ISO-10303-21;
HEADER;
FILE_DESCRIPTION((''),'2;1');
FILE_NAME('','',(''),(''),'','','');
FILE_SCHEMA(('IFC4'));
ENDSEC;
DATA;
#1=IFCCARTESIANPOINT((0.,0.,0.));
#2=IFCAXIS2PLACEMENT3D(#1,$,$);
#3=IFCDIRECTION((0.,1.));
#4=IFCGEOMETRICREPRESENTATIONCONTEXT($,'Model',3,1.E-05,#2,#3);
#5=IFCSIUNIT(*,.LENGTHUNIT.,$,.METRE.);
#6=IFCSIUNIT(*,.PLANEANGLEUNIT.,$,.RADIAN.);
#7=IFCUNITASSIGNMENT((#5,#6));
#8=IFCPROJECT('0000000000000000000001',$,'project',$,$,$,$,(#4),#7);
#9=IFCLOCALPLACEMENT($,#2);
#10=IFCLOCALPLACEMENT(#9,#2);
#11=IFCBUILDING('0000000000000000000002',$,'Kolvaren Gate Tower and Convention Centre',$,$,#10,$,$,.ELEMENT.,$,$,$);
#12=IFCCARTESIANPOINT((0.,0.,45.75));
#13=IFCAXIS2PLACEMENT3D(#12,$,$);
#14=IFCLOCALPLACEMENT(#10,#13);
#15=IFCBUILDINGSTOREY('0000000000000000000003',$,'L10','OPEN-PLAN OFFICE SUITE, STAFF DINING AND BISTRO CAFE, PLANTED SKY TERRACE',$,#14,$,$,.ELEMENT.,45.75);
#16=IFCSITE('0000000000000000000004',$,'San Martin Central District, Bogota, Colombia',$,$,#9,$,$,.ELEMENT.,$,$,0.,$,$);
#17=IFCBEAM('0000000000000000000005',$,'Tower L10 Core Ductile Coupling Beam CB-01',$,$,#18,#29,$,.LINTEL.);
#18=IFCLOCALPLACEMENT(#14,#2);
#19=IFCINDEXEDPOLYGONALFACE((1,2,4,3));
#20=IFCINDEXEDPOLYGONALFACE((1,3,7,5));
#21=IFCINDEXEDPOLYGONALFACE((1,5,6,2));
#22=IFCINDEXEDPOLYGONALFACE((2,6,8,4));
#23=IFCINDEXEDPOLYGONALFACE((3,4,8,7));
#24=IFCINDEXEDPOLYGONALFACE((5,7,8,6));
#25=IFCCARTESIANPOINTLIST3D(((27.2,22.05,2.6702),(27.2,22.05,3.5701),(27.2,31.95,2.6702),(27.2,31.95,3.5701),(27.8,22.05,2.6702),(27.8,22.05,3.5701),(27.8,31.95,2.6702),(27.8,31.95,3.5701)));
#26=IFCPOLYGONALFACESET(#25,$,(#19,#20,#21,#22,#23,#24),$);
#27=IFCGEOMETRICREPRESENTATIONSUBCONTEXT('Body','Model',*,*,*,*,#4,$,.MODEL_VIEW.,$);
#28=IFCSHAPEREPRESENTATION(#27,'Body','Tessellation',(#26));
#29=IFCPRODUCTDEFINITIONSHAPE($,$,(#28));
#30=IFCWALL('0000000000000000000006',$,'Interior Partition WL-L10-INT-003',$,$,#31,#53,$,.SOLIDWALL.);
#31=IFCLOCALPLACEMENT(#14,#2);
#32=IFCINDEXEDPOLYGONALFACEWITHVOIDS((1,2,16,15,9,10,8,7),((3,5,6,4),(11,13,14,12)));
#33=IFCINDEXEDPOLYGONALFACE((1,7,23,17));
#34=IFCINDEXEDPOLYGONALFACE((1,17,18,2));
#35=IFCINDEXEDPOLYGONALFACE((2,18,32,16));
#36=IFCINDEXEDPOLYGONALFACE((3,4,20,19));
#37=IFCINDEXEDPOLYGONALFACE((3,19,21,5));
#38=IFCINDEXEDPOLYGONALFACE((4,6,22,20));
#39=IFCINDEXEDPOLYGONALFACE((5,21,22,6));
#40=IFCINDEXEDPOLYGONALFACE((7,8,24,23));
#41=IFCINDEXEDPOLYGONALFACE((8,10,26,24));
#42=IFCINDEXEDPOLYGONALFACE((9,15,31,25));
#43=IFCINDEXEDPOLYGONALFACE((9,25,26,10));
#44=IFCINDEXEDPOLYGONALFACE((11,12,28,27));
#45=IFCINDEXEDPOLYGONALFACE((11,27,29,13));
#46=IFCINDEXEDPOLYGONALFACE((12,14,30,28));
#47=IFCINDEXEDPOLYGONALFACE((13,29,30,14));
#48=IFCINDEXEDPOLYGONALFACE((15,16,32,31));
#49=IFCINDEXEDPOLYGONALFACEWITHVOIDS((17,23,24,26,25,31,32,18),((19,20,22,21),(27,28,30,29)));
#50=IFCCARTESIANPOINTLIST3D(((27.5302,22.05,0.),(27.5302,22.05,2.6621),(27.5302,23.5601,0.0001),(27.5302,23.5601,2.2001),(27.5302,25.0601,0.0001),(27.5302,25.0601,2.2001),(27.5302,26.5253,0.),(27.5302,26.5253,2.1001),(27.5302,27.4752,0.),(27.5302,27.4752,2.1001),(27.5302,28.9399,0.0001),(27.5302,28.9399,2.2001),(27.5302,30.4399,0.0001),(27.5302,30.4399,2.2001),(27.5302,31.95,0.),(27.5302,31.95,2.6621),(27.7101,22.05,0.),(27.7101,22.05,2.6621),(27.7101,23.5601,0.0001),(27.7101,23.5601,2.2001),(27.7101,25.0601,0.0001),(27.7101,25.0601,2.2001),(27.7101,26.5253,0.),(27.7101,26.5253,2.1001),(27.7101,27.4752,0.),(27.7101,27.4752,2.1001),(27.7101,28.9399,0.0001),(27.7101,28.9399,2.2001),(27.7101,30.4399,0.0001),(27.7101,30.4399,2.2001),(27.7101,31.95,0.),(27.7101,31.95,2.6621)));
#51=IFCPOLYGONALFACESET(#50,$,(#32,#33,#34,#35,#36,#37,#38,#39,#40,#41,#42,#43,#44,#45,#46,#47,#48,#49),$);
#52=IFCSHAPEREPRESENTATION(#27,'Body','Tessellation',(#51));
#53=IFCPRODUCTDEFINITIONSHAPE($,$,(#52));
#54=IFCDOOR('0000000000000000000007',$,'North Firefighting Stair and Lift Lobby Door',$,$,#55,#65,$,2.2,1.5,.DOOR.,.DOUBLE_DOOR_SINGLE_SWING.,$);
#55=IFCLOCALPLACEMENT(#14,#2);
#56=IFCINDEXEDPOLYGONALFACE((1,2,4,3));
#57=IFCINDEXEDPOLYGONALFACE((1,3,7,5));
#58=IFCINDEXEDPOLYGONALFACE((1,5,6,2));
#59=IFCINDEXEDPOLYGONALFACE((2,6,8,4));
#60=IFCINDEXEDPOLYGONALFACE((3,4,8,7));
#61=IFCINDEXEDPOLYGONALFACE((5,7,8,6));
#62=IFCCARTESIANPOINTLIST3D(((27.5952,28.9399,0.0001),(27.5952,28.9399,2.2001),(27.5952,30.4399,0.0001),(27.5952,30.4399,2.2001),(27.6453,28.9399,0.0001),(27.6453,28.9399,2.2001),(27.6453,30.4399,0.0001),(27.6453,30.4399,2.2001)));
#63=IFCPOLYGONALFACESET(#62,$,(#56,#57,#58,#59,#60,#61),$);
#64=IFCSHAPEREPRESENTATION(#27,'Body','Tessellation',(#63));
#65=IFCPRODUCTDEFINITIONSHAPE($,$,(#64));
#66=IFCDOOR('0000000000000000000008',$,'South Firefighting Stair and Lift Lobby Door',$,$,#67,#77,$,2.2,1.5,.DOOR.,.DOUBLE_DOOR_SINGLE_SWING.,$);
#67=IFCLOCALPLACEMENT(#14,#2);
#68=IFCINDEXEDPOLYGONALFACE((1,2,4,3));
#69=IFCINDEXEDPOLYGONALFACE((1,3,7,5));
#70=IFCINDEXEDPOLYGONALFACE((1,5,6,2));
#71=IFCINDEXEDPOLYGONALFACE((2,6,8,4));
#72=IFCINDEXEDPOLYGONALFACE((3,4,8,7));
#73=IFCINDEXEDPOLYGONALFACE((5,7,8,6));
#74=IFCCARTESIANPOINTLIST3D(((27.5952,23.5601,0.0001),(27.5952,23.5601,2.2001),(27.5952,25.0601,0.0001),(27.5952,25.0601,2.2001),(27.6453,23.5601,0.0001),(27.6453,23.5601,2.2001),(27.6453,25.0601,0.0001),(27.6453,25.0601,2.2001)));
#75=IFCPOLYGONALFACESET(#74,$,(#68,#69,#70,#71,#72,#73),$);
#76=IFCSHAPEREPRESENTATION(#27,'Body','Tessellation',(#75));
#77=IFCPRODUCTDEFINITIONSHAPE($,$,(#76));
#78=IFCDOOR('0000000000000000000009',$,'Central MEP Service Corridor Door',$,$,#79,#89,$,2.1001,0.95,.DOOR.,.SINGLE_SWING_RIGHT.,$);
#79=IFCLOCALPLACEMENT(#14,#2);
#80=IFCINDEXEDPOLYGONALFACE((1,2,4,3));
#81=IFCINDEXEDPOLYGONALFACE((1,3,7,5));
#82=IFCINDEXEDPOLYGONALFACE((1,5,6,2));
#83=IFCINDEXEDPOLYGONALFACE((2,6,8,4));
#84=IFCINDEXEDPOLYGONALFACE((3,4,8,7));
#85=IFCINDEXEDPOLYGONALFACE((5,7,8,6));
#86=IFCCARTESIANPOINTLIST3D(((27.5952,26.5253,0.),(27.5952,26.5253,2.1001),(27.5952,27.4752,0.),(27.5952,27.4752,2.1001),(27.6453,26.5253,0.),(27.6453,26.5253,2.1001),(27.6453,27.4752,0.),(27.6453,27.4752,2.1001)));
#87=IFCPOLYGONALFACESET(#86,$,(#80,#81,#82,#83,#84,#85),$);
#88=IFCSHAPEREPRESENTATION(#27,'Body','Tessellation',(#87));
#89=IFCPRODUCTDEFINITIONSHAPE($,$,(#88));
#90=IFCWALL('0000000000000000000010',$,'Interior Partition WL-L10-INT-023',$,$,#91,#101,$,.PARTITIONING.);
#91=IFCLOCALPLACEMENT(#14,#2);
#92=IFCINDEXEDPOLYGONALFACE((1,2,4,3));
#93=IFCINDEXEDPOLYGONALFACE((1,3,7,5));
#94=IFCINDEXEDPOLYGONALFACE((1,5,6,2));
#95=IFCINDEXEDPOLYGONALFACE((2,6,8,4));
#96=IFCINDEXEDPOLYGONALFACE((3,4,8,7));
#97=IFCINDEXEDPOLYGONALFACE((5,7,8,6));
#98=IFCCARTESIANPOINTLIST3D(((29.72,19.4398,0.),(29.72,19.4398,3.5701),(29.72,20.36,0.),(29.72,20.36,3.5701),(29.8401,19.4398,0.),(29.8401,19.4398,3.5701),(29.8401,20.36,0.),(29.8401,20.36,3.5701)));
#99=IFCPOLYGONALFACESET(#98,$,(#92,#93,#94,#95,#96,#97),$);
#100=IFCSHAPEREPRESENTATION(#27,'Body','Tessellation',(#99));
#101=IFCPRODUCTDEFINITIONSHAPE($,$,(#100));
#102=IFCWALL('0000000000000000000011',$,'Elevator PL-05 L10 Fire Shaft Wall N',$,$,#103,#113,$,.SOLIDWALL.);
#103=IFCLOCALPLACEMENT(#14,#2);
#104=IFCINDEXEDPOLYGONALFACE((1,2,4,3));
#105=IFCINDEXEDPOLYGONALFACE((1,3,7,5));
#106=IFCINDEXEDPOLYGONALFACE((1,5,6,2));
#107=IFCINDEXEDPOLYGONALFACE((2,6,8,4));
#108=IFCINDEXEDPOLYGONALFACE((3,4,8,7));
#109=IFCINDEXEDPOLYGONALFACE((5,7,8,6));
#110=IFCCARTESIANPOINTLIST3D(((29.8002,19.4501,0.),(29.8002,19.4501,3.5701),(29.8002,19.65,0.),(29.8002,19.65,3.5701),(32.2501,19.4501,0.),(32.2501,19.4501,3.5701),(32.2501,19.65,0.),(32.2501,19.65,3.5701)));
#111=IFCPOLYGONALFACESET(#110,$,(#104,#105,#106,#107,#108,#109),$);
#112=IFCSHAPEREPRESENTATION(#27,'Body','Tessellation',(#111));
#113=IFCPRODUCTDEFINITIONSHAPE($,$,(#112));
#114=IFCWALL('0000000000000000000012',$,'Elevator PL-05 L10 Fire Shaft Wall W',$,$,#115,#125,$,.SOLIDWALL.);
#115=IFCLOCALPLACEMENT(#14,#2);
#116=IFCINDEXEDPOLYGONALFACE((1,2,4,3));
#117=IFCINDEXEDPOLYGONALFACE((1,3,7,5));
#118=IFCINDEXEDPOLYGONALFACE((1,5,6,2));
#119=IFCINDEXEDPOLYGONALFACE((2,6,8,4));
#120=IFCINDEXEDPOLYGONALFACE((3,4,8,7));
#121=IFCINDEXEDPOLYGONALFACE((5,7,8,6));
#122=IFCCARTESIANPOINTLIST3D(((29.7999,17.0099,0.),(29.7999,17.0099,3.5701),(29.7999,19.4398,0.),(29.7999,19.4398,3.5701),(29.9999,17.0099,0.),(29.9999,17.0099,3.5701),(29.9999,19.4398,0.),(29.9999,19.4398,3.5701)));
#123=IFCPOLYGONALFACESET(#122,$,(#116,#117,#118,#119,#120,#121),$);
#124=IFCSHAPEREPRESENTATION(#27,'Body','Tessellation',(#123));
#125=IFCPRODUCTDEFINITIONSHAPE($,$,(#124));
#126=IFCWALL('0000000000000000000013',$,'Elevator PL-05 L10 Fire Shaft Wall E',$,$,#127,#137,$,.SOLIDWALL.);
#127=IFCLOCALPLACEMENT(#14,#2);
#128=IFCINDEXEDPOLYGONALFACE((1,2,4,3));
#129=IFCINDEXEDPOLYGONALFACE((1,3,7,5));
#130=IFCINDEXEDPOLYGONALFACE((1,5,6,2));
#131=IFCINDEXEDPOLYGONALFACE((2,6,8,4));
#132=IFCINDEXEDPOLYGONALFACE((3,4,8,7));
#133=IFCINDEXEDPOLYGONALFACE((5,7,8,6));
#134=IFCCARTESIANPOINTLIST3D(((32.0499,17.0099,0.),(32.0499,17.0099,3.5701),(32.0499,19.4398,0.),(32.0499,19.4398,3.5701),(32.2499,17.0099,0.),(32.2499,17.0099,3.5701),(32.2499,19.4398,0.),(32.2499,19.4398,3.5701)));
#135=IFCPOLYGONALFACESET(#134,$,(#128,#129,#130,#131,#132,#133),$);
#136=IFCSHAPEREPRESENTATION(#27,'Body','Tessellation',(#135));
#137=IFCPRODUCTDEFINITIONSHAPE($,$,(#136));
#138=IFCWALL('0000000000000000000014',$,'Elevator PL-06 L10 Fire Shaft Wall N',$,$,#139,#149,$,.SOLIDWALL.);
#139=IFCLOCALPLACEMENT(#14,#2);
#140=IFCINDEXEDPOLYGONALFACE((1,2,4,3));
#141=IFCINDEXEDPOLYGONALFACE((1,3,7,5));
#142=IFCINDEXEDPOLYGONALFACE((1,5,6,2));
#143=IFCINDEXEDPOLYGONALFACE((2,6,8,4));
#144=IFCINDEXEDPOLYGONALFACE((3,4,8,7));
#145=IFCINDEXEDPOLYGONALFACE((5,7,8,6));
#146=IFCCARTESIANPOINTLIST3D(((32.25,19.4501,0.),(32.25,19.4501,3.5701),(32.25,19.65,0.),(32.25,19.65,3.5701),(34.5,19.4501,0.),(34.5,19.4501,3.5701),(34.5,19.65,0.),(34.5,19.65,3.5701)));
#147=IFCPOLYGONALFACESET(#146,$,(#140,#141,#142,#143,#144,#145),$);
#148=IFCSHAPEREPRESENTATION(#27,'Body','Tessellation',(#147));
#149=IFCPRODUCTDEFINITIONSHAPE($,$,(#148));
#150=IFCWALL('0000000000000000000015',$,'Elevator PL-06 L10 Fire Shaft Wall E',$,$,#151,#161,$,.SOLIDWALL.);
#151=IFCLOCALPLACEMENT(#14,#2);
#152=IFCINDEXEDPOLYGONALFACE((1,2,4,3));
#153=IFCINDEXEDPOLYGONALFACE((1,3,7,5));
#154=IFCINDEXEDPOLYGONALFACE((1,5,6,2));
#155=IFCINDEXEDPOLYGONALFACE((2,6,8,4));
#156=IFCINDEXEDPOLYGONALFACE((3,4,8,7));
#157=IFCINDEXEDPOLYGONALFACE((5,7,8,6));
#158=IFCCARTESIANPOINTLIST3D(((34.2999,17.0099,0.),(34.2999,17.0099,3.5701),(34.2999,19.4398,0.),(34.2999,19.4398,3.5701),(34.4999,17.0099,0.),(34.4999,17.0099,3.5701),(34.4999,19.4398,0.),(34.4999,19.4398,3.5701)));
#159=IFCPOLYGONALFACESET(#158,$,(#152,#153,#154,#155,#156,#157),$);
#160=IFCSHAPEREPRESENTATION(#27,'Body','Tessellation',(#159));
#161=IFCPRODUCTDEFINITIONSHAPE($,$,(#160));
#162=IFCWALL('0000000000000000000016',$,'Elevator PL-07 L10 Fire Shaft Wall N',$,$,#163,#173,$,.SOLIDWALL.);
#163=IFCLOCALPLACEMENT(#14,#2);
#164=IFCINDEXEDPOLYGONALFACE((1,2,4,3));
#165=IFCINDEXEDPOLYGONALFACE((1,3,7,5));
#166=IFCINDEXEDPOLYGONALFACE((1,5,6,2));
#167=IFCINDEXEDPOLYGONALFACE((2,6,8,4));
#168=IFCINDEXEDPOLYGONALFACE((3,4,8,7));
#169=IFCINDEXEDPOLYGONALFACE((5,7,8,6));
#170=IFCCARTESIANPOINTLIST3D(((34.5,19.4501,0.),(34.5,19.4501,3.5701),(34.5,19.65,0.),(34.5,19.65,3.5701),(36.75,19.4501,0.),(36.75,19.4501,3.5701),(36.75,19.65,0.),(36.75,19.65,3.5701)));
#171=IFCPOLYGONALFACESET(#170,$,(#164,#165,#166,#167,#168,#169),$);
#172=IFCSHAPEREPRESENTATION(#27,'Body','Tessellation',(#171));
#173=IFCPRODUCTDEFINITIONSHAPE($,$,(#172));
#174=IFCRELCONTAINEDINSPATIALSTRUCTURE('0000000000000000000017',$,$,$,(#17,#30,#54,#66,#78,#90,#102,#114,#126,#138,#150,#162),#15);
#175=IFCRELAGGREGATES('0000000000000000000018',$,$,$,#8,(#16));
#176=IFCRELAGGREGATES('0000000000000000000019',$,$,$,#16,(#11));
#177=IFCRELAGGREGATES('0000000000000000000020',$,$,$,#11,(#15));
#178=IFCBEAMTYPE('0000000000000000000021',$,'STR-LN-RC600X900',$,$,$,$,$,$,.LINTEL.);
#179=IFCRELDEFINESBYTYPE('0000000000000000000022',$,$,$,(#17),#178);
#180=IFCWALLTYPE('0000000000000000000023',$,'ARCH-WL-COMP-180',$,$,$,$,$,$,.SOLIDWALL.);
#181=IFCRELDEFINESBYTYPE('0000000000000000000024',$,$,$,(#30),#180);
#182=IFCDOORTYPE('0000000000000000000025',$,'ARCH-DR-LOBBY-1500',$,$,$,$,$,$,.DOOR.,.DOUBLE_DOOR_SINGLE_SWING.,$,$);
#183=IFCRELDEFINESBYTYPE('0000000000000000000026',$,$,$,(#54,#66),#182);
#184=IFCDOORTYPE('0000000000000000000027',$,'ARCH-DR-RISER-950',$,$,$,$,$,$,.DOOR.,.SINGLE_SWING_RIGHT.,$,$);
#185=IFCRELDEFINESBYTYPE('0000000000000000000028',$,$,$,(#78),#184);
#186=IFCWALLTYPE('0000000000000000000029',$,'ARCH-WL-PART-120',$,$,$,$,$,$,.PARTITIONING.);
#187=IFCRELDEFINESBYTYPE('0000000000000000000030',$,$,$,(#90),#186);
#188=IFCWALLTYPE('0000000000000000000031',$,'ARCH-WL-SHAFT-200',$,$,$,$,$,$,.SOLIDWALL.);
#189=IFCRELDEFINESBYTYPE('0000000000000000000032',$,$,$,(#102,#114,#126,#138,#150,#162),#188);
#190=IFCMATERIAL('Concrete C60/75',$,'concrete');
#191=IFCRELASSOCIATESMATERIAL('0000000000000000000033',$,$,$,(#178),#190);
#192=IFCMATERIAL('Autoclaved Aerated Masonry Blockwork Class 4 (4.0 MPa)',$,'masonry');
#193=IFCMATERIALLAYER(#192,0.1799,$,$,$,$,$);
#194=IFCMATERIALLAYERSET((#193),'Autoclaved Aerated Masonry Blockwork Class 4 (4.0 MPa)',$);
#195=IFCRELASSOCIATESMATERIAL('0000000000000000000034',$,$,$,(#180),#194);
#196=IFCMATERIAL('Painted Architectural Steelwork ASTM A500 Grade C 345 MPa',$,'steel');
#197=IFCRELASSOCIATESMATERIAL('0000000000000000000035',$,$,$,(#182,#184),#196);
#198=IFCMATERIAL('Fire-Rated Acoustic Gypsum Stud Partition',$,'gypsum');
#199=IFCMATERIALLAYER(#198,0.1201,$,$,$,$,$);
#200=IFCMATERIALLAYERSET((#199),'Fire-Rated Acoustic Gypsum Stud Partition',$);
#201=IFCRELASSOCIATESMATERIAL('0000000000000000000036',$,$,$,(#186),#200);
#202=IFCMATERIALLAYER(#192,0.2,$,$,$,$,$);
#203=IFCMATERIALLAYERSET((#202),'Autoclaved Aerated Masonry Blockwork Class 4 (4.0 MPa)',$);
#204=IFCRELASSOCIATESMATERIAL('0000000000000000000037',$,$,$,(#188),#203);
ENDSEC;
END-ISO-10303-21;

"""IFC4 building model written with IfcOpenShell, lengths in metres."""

from ifc_helpers import new_model, si_unit, direction, frame, frame_2d, origin, origin_2d, place, context, subcontext, project, spatial, rectangle, extrude, material, layer, layer_set, material_profile, profile_set, type_object, element, fill, save


model = new_model("IFC4")

# Units and contexts
model_context = context("Model", 3, precision=1e-05, world=origin(), true_north=direction((0.0, 1.0)))
body_context = subcontext(model_context, "Body", "Model", "MODEL_VIEW")
ifc_project = project(units=[si_unit("LENGTHUNIT", "METRE"), si_unit("PLANEANGLEUNIT", "RADIAN")], contexts=[model_context])

# Site, building, storey
site_placement = place(None, origin())
site = spatial("IfcSite", under=ifc_project, at=site_placement, Name="San Martin Central District, Bogota, Colombia", CompositionType="ELEMENT", RefElevation=0.0)
building_placement = place(site_placement, origin())
building = spatial("IfcBuilding", under=site, at=building_placement, Name="Kolvaren Gate Tower and Convention Centre", CompositionType="ELEMENT")
storey_placement = place(building_placement, frame((0.0, 0.0, 45.75)))
storey = spatial("IfcBuildingStorey", under=building, at=storey_placement, Name="L10", Description="OPEN-PLAN OFFICE SUITE, STAFF DINING AND BISTRO CAFE, PLANTED SKY TERRACE", CompositionType="ELEMENT", Elevation=45.75)

# Beam
ifc_material_1 = material(Name="Concrete C60/75", Category="concrete")
ifc_material_profile = material_profile(ifc_material_1, rectangle(XDim=0.6001, YDim=0.8999, at=origin_2d()), Name="RC-BM-600X900")
ifc_profile_set = profile_set([ifc_material_profile], Name="Concrete C60/75")
beam_type = type_object("IfcBeamType", Name="STR-LN-RC600X900", PredefinedType="LINTEL", material=ifc_profile_set)
beam_placement = place(storey_placement, frame((27.5, 22.05, 3.1201), z_axis=(0.0, 1.0, 0.0), x_axis=(-1.0, 0.0, 0.0)))
element("IfcBeam", 1, at=beam_placement, inside=storey, type_object=beam_type, Name="Tower L10 Core Ductile Coupling Beam CB-01", PredefinedType="LINTEL", context=body_context, shape_type="SweptSolid", body=[
    extrude(rectangle(XDim=0.6001, YDim=0.8999, at=origin_2d()), origin(), (0.0, 0.0, 1.0), 9.8999),
])

# Wall, openings, doors
ifc_material_2 = material(Name="Autoclaved Aerated Masonry Blockwork Class 4 (4.0 MPa)", Category="masonry")
ifc_layer_1 = layer(ifc_material_2, 0.1799)
ifc_layer_set_1 = layer_set([ifc_layer_1], Name="Autoclaved Aerated Masonry Blockwork Class 4 (4.0 MPa)")
wall_type_1 = type_object("IfcWallType", Name="ARCH-WL-COMP-180", PredefinedType="SOLIDWALL", material=ifc_layer_set_1)
wall_1_placement = place(storey_placement, frame((27.6201, 22.05, 0.0), z_axis=(0.0, 0.0, 1.0), x_axis=(0.0, 1.0, 0.0)))
wall_1 = element("IfcWall", 2, at=wall_1_placement, inside=storey, type_object=wall_type_1, Name="Interior Partition WL-L10-INT-003", PredefinedType="SOLIDWALL", context=body_context, shape_type="SweptSolid", body=[
    extrude(rectangle(XDim=9.8999, YDim=0.1799, at=frame_2d((4.95, 0.0))), origin(), (0.0, 0.0, 1.0), 2.6621),
])
opening_1_placement = place(wall_1_placement, frame((4.4751, 0.0, 0.0)))
opening_1 = element("IfcOpeningElement", 3, at=opening_1_placement, cuts=wall_1, PredefinedType="OPENING", context=body_context, shape_type="SweptSolid", body=[
    extrude(rectangle(XDim=0.95, YDim=2.1001, at=frame_2d((0.4751, 1.05))), frame((0.0, 0.0999, 0.0), z_axis=(0.0, -1.0, 0.0), x_axis=(1.0, 0.0, 0.0)), (0.0, 0.0, 1.0), 0.2),
])
opening_2_placement = place(wall_1_placement, frame((6.8899, 0.0, 0.0)))
opening_2 = element("IfcOpeningElement", 4, at=opening_2_placement, cuts=wall_1, PredefinedType="OPENING", context=body_context, shape_type="SweptSolid", body=[
    extrude(rectangle(XDim=1.5, YDim=2.2, at=frame_2d((0.75, 1.1001))), frame((0.0, 0.0999, 0.0), z_axis=(0.0, -1.0, 0.0), x_axis=(1.0, 0.0, 0.0)), (0.0, 0.0, 1.0), 0.2),
])
opening_3_placement = place(wall_1_placement, frame((1.51, 0.0, 0.0)))
opening_3 = element("IfcOpeningElement", 5, at=opening_3_placement, cuts=wall_1, PredefinedType="OPENING", context=body_context, shape_type="SweptSolid", body=[
    extrude(rectangle(XDim=1.5, YDim=2.2, at=frame_2d((0.75, 1.1001))), frame((0.0, 0.0999, 0.0), z_axis=(0.0, -1.0, 0.0), x_axis=(1.0, 0.0, 0.0)), (0.0, 0.0, 1.0), 0.2),
])
ifc_material_3 = material(Name="Painted Architectural Steelwork ASTM A500 Grade C 345 MPa", Category="steel")
door_type_1 = type_object("IfcDoorType", Name="ARCH-DR-LOBBY-1500", OperationType="DOUBLE_DOOR_SINGLE_SWING", PredefinedType="DOOR", material=ifc_material_3)
door_1_placement = place(opening_2_placement, origin())
door_1 = element("IfcDoor", 6, at=door_1_placement, inside=storey, type_object=door_type_1, Name="North Firefighting Stair and Lift Lobby Door", OperationType="DOUBLE_DOOR_SINGLE_SWING", OverallHeight=2.2, OverallWidth=1.5, PredefinedType="DOOR", context=body_context, shape_type="SweptSolid", body=[
    extrude(rectangle(XDim=1.5, YDim=2.2, at=frame_2d((0.75, 1.1001))), frame((0.0, 0.0249, 0.0), z_axis=(0.0, -1.0, 0.0), x_axis=(1.0, 0.0, 0.0)), (0.0, 0.0, 1.0), 0.05),
])
fill(opening_2, door_1)
door_2_placement = place(opening_3_placement, origin())
door_2 = element("IfcDoor", 7, at=door_2_placement, inside=storey, type_object=door_type_1, Name="South Firefighting Stair and Lift Lobby Door", OperationType="DOUBLE_DOOR_SINGLE_SWING", OverallHeight=2.2, OverallWidth=1.5, PredefinedType="DOOR", context=body_context, shape_type="SweptSolid", body=[
    extrude(rectangle(XDim=1.5, YDim=2.2, at=frame_2d((0.75, 1.1001))), frame((0.0, 0.0249, 0.0), z_axis=(0.0, -1.0, 0.0), x_axis=(1.0, 0.0, 0.0)), (0.0, 0.0, 1.0), 0.05),
])
fill(opening_3, door_2)
door_type_2 = type_object("IfcDoorType", Name="ARCH-DR-RISER-950", OperationType="SINGLE_SWING_RIGHT", PredefinedType="DOOR", material=ifc_material_3)
door_3_placement = place(opening_1_placement, origin())
door_3 = element("IfcDoor", 8, at=door_3_placement, inside=storey, type_object=door_type_2, Name="Central MEP Service Corridor Door", OperationType="SINGLE_SWING_RIGHT", OverallHeight=2.1001, OverallWidth=0.95, PredefinedType="DOOR", context=body_context, shape_type="SweptSolid", body=[
    extrude(rectangle(XDim=0.95, YDim=2.1001, at=frame_2d((0.4751, 1.05))), frame((0.0, 0.0249, 0.0), z_axis=(0.0, -1.0, 0.0), x_axis=(1.0, 0.0, 0.0)), (0.0, 0.0, 1.0), 0.05),
])
fill(opening_1, door_3)

# Walls
ifc_material_4 = material(Name="Fire-Rated Acoustic Gypsum Stud Partition", Category="gypsum")
ifc_layer_2 = layer(ifc_material_4, 0.1201)
ifc_layer_set_2 = layer_set([ifc_layer_2], Name="Fire-Rated Acoustic Gypsum Stud Partition")
wall_type_2 = type_object("IfcWallType", Name="ARCH-WL-PART-120", PredefinedType="PARTITIONING", material=ifc_layer_set_2)
wall_2_placement = place(storey_placement, frame((29.78, 19.4399, 0.0), z_axis=(0.0, 0.0, 1.0), x_axis=(0.0, 1.0, 0.0)))
element("IfcWall", 9, at=wall_2_placement, inside=storey, type_object=wall_type_2, Name="Interior Partition WL-L10-INT-023", PredefinedType="PARTITIONING", context=body_context, shape_type="SweptSolid", body=[
    extrude(rectangle(XDim=0.9202, YDim=0.1201, at=frame_2d((0.46, 0.0))), origin(), (0.0, 0.0, 1.0), 3.5701),
])
ifc_layer_3 = layer(ifc_material_2, 0.2)
ifc_layer_set_3 = layer_set([ifc_layer_3], Name="Autoclaved Aerated Masonry Blockwork Class 4 (4.0 MPa)")
wall_type_3 = type_object("IfcWallType", Name="ARCH-WL-SHAFT-200", PredefinedType="SOLIDWALL", material=ifc_layer_set_3)
wall_3_placement = place(storey_placement, frame((29.8, 19.55, 0.0), z_axis=(0.0, 0.0, 1.0), x_axis=(1.0, 0.0, 0.0)))
element("IfcWall", 10, at=wall_3_placement, inside=storey, type_object=wall_type_3, Name="Elevator PL-05 L10 Fire Shaft Wall N", PredefinedType="SOLIDWALL", context=body_context, shape_type="SweptSolid", body=[
    extrude(rectangle(XDim=2.45, YDim=0.2, at=frame_2d((1.2251, 0.0))), origin(), (0.0, 0.0, 1.0), 3.5701),
])
for number, where, z_axis, x_axis, name in (
    (11, (29.8999, 17.01, 0.0), (0.0, 0.0, 1.0), (0.0, 1.0, 0.0), "Elevator PL-05 L10 Fire Shaft Wall W"),
    (12, (32.1499, 17.01, 0.0), (0.0, 0.0, 1.0), (0.0, 1.0, 0.0), "Elevator PL-05 L10 Fire Shaft Wall E"),
):
    element("IfcWall", number, at=place(storey_placement, frame(where, z_axis=z_axis, x_axis=x_axis)), inside=storey, type_object=wall_type_3, Name=name, PredefinedType="SOLIDWALL", context=body_context, shape_type="SweptSolid", body=[
        extrude(rectangle(XDim=2.4299, YDim=0.2, at=frame_2d((1.2148, 0.0))), origin(), (0.0, 0.0, 1.0), 3.5701),
    ])
wall_4_placement = place(storey_placement, frame((32.25, 19.55, 0.0), z_axis=(0.0, 0.0, 1.0), x_axis=(1.0, 0.0, 0.0)))
element("IfcWall", 13, at=wall_4_placement, inside=storey, type_object=wall_type_3, Name="Elevator PL-06 L10 Fire Shaft Wall N", PredefinedType="SOLIDWALL", context=body_context, shape_type="SweptSolid", body=[
    extrude(rectangle(XDim=2.25, YDim=0.2, at=frame_2d((1.125, 0.0))), origin(), (0.0, 0.0, 1.0), 3.5701),
])
wall_5_placement = place(storey_placement, frame((34.3999, 17.01, 0.0), z_axis=(0.0, 0.0, 1.0), x_axis=(0.0, 1.0, 0.0)))
element("IfcWall", 14, at=wall_5_placement, inside=storey, type_object=wall_type_3, Name="Elevator PL-06 L10 Fire Shaft Wall E", PredefinedType="SOLIDWALL", context=body_context, shape_type="SweptSolid", body=[
    extrude(rectangle(XDim=2.4299, YDim=0.2, at=frame_2d((1.2148, 0.0))), origin(), (0.0, 0.0, 1.0), 3.5701),
])
for number, where, z_axis, x_axis, name in (
    (15, (34.5, 19.55, 0.0), (0.0, 0.0, 1.0), (1.0, 0.0, 0.0), "Elevator PL-07 L10 Fire Shaft Wall N"),
):
    element("IfcWall", number, at=place(storey_placement, frame(where, z_axis=z_axis, x_axis=x_axis)), inside=storey, type_object=wall_type_3, Name=name, PredefinedType="SOLIDWALL", context=body_context, shape_type="SweptSolid", body=[
        extrude(rectangle(XDim=2.25, YDim=0.2, at=frame_2d((1.125, 0.0))), origin(), (0.0, 0.0, 1.0), 3.5701),
    ])

save(model, "model.ifc")
